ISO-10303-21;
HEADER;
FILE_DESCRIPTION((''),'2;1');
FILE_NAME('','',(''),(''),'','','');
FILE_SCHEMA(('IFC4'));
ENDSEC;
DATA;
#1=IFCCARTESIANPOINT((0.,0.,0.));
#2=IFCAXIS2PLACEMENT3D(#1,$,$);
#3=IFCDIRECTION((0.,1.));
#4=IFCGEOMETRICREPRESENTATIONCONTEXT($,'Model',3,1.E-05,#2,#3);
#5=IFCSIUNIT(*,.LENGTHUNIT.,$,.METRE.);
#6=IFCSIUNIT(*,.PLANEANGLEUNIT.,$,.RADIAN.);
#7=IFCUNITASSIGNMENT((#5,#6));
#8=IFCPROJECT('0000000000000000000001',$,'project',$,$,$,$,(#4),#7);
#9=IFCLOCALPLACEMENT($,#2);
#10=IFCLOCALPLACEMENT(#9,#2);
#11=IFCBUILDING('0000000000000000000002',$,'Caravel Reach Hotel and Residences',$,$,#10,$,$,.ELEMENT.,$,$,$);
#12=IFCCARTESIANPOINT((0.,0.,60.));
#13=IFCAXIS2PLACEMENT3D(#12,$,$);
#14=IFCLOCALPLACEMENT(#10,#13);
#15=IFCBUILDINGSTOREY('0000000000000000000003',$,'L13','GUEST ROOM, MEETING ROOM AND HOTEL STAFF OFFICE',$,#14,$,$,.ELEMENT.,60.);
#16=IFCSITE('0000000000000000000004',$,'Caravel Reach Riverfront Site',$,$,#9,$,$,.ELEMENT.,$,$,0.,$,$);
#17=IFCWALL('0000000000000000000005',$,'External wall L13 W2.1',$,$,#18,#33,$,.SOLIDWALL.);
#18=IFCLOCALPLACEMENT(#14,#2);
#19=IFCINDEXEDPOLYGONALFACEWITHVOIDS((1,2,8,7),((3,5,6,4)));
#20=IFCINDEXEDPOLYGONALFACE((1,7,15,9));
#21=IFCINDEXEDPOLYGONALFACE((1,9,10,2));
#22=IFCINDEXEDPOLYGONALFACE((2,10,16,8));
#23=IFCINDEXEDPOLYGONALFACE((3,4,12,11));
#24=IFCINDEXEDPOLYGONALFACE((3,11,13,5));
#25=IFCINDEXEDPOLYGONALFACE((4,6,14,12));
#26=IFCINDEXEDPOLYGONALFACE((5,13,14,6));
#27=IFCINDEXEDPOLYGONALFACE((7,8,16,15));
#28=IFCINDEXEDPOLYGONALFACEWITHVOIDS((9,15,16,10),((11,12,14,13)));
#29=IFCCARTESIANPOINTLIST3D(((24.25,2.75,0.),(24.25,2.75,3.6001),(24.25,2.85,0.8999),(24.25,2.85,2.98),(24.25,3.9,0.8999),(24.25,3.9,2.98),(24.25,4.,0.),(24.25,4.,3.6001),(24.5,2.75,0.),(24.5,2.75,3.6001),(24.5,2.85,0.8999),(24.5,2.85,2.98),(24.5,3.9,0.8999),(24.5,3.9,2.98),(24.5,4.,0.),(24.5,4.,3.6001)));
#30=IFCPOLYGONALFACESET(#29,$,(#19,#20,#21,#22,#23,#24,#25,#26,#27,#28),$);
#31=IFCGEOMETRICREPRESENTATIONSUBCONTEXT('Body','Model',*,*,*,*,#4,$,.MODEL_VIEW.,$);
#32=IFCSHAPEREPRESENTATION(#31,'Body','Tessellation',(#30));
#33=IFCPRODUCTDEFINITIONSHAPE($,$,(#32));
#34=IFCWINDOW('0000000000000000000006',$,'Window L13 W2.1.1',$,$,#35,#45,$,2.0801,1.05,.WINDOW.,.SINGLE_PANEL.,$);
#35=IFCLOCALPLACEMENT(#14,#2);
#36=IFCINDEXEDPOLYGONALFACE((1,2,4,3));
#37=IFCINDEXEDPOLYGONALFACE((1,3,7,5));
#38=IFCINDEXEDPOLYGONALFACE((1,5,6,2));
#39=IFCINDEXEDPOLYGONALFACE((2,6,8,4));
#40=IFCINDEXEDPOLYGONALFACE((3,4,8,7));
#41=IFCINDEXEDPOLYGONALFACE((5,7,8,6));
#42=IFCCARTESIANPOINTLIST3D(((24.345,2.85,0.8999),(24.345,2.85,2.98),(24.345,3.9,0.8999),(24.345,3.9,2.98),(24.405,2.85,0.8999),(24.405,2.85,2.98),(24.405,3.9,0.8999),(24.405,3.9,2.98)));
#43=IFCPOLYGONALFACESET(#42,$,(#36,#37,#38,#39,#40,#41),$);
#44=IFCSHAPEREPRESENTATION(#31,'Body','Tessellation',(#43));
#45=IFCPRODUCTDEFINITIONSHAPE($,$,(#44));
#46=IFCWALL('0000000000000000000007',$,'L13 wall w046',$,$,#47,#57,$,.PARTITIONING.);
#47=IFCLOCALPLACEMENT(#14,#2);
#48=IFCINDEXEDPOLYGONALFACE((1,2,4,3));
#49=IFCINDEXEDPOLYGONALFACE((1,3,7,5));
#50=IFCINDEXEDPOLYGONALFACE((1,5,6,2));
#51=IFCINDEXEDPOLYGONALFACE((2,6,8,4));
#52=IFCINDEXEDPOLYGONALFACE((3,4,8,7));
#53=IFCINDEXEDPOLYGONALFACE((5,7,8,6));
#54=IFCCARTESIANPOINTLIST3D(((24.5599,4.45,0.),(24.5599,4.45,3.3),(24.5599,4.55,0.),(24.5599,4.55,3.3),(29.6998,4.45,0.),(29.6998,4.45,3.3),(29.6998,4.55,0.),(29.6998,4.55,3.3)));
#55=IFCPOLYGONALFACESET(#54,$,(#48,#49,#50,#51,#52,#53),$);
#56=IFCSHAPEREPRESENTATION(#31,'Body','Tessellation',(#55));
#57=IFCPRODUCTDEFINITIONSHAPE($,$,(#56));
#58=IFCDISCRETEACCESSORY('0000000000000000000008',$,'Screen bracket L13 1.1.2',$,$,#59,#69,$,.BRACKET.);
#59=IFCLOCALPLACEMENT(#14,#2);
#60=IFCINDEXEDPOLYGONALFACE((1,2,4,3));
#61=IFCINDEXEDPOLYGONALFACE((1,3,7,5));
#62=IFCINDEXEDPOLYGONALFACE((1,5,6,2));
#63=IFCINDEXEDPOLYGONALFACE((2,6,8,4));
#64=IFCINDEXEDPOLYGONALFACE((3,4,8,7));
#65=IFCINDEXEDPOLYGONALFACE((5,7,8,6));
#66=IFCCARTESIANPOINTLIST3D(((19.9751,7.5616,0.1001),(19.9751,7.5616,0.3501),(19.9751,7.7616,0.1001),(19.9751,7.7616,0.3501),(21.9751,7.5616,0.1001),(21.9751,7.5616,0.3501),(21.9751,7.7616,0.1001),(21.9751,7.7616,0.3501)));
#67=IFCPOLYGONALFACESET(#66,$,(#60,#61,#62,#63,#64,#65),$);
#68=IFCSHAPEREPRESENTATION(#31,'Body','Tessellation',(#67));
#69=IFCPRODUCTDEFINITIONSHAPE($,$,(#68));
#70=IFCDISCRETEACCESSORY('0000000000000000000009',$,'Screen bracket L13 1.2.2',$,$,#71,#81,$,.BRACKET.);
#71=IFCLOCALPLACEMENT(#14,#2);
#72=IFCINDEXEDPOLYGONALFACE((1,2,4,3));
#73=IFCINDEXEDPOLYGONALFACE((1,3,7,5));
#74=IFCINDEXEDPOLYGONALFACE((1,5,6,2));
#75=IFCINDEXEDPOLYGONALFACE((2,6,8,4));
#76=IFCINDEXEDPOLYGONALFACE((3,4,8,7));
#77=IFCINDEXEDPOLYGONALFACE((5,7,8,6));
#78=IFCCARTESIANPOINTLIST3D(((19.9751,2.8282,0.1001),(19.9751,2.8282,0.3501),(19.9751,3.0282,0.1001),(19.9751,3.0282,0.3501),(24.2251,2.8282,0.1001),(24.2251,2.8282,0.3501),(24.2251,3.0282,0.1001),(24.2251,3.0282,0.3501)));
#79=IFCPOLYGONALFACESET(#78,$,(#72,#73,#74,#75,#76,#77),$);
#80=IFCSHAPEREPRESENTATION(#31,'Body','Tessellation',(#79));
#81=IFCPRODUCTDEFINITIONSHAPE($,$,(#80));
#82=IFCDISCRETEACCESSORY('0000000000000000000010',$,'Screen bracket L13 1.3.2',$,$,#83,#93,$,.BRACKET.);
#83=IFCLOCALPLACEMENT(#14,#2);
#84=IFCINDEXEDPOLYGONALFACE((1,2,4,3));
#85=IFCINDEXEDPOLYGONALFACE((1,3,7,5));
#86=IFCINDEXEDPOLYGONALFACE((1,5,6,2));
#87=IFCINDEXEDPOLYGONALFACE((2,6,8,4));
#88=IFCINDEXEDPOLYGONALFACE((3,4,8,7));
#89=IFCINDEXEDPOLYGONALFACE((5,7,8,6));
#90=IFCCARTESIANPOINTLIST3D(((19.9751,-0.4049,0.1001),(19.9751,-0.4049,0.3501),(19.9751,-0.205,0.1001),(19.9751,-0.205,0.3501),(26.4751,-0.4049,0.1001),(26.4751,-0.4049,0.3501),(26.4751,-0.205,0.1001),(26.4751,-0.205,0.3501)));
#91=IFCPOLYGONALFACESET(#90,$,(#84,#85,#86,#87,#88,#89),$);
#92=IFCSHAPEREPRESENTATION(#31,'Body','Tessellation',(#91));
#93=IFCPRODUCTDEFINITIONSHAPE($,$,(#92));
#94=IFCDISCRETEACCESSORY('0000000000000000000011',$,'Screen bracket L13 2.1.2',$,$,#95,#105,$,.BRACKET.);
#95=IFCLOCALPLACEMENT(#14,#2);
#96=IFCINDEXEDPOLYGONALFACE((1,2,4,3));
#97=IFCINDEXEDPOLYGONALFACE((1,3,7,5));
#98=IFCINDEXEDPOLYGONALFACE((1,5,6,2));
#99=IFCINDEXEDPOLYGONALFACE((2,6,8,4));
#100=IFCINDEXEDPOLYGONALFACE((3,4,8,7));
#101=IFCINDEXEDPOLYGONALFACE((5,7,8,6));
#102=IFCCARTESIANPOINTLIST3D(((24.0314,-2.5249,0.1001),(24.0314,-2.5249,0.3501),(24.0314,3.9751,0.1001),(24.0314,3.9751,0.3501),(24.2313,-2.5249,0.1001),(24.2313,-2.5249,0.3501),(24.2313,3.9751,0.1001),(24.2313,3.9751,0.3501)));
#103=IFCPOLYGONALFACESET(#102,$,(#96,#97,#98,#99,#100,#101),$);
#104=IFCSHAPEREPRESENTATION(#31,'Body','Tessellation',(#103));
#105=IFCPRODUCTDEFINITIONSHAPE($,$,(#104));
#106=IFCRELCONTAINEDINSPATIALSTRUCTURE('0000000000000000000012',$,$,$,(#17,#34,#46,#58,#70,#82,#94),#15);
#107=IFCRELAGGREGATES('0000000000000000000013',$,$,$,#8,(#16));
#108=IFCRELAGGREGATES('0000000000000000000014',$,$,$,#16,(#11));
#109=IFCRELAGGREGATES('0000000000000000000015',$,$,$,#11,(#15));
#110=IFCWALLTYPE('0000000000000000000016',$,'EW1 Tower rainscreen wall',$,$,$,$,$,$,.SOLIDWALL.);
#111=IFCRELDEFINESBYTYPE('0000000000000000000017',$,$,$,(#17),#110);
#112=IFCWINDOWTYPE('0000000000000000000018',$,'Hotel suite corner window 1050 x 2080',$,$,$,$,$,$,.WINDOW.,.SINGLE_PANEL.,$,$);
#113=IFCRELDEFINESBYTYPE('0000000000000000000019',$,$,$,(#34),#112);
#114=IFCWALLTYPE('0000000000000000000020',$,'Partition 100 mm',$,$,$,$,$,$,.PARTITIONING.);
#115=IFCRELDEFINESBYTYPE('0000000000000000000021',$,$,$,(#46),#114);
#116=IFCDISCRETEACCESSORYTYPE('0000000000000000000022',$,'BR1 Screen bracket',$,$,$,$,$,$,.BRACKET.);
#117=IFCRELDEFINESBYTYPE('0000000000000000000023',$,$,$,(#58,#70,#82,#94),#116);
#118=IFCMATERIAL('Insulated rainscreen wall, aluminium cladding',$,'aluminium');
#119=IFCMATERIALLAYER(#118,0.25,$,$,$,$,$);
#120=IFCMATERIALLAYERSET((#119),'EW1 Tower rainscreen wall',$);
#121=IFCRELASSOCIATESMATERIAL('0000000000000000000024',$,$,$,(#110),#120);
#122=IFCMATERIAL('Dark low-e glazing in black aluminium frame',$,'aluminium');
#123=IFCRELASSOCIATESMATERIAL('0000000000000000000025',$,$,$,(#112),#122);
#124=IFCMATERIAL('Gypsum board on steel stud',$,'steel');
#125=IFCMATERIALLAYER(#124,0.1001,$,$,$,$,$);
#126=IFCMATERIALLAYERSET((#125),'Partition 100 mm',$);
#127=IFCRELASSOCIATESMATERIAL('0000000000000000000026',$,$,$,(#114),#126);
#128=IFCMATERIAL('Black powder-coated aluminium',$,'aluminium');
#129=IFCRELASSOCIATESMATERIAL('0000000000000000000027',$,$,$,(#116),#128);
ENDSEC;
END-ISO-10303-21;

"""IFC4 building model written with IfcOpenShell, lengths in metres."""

from ifc_helpers import new_model, si_unit, direction, frame, frame_2d, origin, origin_2d, place, context, subcontext, project, spatial, rectangle, extrude, material, layer, layer_set, type_object, element, fill, save


model = new_model("IFC4")

# Units and contexts
model_context = context("Model", 3, precision=1e-05, world=origin(), true_north=direction((0.0, 1.0)))
body_context = subcontext(model_context, "Body", "Model", "MODEL_VIEW")
ifc_project = project(units=[si_unit("LENGTHUNIT", "METRE"), si_unit("PLANEANGLEUNIT", "RADIAN")], contexts=[model_context])

# Site, building, storey
site_placement = place(None, origin())
site = spatial("IfcSite", under=ifc_project, at=site_placement, Name="Caravel Reach Riverfront Site", CompositionType="ELEMENT", RefElevation=0.0)
building_placement = place(site_placement, origin())
building = spatial("IfcBuilding", under=site, at=building_placement, Name="Caravel Reach Hotel and Residences", CompositionType="ELEMENT")
storey_placement = place(building_placement, frame((0.0, 0.0, 60.0)))
storey = spatial("IfcBuildingStorey", under=building, at=storey_placement, Name="L13", Description="GUEST ROOM, MEETING ROOM AND HOTEL STAFF OFFICE", CompositionType="ELEMENT", Elevation=60.0)

# Wall, opening, window
ifc_material_1 = material(Name="Insulated rainscreen wall, aluminium cladding", Category="aluminium")
ifc_layer_1 = layer(ifc_material_1, 0.25)
ifc_layer_set_1 = layer_set([ifc_layer_1], Name="EW1 Tower rainscreen wall")
wall_type_1 = type_object("IfcWallType", Name="EW1 Tower rainscreen wall", PredefinedType="SOLIDWALL", material=ifc_layer_set_1)
ifc_material_2 = material(Name="Dark low-e glazing in black aluminium frame", Category="aluminium")
window_type = type_object("IfcWindowType", Name="Hotel suite corner window 1050 x 2080", PartitioningType="SINGLE_PANEL", PredefinedType="WINDOW", material=ifc_material_2)
wall_1_placement = place(storey_placement, frame((24.375, 4.0, 0.0), z_axis=(0.0, 0.0, 1.0), x_axis=(0.0, -1.0, 0.0)))
wall_1 = element("IfcWall", 1, at=wall_1_placement, inside=storey, type_object=wall_type_1, Name="External wall L13 W2.1", PredefinedType="SOLIDWALL", context=body_context, shape_type="SweptSolid", body=[
    extrude(rectangle(XDim=1.25, YDim=0.25, at=frame_2d((0.625, 0.0))), origin(), (0.0, 0.0, 1.0), 3.6001),
])
opening_1_placement = place(wall_1_placement, frame((0.1001, 0.0, 0.8999)))
opening_1 = element("IfcOpeningElement", 2, at=opening_1_placement, cuts=wall_1, PredefinedType="OPENING", context=body_context, shape_type="SweptSolid", body=[
    extrude(rectangle(XDim=1.05, YDim=2.0801, at=frame_2d((0.5249, 1.04))), frame((0.0, 0.135, 0.0), z_axis=(0.0, -1.0, 0.0), x_axis=(1.0, 0.0, 0.0)), (0.0, 0.0, 1.0), 0.27),
])
window_1_placement = place(opening_1_placement, origin())
window_1 = element("IfcWindow", 3, at=window_1_placement, inside=storey, type_object=window_type, Name="Window L13 W2.1.1", OverallHeight=2.0801, OverallWidth=1.05, PartitioningType="SINGLE_PANEL", PredefinedType="WINDOW", context=body_context, shape_type="SweptSolid", body=[
    extrude(rectangle(XDim=1.05, YDim=2.0801, at=frame_2d((0.5249, 1.04))), frame((0.0, 0.03, 0.0), z_axis=(0.0, -1.0, 0.0), x_axis=(1.0, 0.0, 0.0)), (0.0, 0.0, 1.0), 0.0601),
])
fill(opening_1, window_1)

# Wall
ifc_material_3 = material(Name="Gypsum board on steel stud", Category="steel")
ifc_layer_2 = layer(ifc_material_3, 0.1001)
ifc_layer_set_2 = layer_set([ifc_layer_2], Name="Partition 100 mm")
wall_type_2 = type_object("IfcWallType", Name="Partition 100 mm", PredefinedType="PARTITIONING", material=ifc_layer_set_2)
wall_2_placement = place(storey_placement, frame((24.5601, 4.5, 0.0), z_axis=(0.0, 0.0, 1.0), x_axis=(1.0, 0.0, 0.0)))
element("IfcWall", 4, at=wall_2_placement, inside=storey, type_object=wall_type_2, Name="L13 wall w046", PredefinedType="PARTITIONING", context=body_context, shape_type="SweptSolid", body=[
    extrude(rectangle(XDim=5.1399, YDim=0.1001, at=frame_2d((2.5698, 0.0))), origin(), (0.0, 0.0, 1.0), 3.3),
])

# Discrete accessories
ifc_material_4 = material(Name="Black powder-coated aluminium", Category="aluminium")
discrete_accessory_type = type_object("IfcDiscreteAccessoryType", Name="BR1 Screen bracket", PredefinedType="BRACKET", material=ifc_material_4)
discrete_accessory_1_placement = place(storey_placement, frame((20.9751, 7.6616, 0.1001), z_axis=(0.0, 0.0, 1.0), x_axis=(-1.0, 0.0, 0.0)))
element("IfcDiscreteAccessory", 5, at=discrete_accessory_1_placement, inside=storey, type_object=discrete_accessory_type, Name="Screen bracket L13 1.1.2", PredefinedType="BRACKET", context=body_context, shape_type="SweptSolid", body=[
    extrude(rectangle(XDim=2.0, YDim=0.2, at=origin_2d()), origin(), (0.0, 0.0, 1.0), 0.25),
])
discrete_accessory_2_placement = place(storey_placement, frame((22.1001, 2.9282, 0.1001), z_axis=(0.0, 0.0, 1.0), x_axis=(-1.0, 0.0, 0.0)))
element("IfcDiscreteAccessory", 6, at=discrete_accessory_2_placement, inside=storey, type_object=discrete_accessory_type, Name="Screen bracket L13 1.2.2", PredefinedType="BRACKET", context=body_context, shape_type="SweptSolid", body=[
    extrude(rectangle(XDim=4.25, YDim=0.2, at=origin_2d()), origin(), (0.0, 0.0, 1.0), 0.25),
])
for number, where, z_axis, x_axis, name in (
    (7, (23.2251, -0.3049, 0.1001), (0.0, 0.0, 1.0), (-1.0, 0.0, 0.0), "Screen bracket L13 1.3.2"),
    (8, (24.1313, 0.7251, 0.1001), (0.0, 0.0, 1.0), (0.0, -1.0, 0.0), "Screen bracket L13 2.1.2"),
):
    element("IfcDiscreteAccessory", number, at=place(storey_placement, frame(where, z_axis=z_axis, x_axis=x_axis)), inside=storey, type_object=discrete_accessory_type, Name=name, PredefinedType="BRACKET", context=body_context, shape_type="SweptSolid", body=[
        extrude(rectangle(XDim=6.5, YDim=0.2, at=origin_2d()), origin(), (0.0, 0.0, 1.0), 0.25),
    ])

save(model, "model.ifc")
